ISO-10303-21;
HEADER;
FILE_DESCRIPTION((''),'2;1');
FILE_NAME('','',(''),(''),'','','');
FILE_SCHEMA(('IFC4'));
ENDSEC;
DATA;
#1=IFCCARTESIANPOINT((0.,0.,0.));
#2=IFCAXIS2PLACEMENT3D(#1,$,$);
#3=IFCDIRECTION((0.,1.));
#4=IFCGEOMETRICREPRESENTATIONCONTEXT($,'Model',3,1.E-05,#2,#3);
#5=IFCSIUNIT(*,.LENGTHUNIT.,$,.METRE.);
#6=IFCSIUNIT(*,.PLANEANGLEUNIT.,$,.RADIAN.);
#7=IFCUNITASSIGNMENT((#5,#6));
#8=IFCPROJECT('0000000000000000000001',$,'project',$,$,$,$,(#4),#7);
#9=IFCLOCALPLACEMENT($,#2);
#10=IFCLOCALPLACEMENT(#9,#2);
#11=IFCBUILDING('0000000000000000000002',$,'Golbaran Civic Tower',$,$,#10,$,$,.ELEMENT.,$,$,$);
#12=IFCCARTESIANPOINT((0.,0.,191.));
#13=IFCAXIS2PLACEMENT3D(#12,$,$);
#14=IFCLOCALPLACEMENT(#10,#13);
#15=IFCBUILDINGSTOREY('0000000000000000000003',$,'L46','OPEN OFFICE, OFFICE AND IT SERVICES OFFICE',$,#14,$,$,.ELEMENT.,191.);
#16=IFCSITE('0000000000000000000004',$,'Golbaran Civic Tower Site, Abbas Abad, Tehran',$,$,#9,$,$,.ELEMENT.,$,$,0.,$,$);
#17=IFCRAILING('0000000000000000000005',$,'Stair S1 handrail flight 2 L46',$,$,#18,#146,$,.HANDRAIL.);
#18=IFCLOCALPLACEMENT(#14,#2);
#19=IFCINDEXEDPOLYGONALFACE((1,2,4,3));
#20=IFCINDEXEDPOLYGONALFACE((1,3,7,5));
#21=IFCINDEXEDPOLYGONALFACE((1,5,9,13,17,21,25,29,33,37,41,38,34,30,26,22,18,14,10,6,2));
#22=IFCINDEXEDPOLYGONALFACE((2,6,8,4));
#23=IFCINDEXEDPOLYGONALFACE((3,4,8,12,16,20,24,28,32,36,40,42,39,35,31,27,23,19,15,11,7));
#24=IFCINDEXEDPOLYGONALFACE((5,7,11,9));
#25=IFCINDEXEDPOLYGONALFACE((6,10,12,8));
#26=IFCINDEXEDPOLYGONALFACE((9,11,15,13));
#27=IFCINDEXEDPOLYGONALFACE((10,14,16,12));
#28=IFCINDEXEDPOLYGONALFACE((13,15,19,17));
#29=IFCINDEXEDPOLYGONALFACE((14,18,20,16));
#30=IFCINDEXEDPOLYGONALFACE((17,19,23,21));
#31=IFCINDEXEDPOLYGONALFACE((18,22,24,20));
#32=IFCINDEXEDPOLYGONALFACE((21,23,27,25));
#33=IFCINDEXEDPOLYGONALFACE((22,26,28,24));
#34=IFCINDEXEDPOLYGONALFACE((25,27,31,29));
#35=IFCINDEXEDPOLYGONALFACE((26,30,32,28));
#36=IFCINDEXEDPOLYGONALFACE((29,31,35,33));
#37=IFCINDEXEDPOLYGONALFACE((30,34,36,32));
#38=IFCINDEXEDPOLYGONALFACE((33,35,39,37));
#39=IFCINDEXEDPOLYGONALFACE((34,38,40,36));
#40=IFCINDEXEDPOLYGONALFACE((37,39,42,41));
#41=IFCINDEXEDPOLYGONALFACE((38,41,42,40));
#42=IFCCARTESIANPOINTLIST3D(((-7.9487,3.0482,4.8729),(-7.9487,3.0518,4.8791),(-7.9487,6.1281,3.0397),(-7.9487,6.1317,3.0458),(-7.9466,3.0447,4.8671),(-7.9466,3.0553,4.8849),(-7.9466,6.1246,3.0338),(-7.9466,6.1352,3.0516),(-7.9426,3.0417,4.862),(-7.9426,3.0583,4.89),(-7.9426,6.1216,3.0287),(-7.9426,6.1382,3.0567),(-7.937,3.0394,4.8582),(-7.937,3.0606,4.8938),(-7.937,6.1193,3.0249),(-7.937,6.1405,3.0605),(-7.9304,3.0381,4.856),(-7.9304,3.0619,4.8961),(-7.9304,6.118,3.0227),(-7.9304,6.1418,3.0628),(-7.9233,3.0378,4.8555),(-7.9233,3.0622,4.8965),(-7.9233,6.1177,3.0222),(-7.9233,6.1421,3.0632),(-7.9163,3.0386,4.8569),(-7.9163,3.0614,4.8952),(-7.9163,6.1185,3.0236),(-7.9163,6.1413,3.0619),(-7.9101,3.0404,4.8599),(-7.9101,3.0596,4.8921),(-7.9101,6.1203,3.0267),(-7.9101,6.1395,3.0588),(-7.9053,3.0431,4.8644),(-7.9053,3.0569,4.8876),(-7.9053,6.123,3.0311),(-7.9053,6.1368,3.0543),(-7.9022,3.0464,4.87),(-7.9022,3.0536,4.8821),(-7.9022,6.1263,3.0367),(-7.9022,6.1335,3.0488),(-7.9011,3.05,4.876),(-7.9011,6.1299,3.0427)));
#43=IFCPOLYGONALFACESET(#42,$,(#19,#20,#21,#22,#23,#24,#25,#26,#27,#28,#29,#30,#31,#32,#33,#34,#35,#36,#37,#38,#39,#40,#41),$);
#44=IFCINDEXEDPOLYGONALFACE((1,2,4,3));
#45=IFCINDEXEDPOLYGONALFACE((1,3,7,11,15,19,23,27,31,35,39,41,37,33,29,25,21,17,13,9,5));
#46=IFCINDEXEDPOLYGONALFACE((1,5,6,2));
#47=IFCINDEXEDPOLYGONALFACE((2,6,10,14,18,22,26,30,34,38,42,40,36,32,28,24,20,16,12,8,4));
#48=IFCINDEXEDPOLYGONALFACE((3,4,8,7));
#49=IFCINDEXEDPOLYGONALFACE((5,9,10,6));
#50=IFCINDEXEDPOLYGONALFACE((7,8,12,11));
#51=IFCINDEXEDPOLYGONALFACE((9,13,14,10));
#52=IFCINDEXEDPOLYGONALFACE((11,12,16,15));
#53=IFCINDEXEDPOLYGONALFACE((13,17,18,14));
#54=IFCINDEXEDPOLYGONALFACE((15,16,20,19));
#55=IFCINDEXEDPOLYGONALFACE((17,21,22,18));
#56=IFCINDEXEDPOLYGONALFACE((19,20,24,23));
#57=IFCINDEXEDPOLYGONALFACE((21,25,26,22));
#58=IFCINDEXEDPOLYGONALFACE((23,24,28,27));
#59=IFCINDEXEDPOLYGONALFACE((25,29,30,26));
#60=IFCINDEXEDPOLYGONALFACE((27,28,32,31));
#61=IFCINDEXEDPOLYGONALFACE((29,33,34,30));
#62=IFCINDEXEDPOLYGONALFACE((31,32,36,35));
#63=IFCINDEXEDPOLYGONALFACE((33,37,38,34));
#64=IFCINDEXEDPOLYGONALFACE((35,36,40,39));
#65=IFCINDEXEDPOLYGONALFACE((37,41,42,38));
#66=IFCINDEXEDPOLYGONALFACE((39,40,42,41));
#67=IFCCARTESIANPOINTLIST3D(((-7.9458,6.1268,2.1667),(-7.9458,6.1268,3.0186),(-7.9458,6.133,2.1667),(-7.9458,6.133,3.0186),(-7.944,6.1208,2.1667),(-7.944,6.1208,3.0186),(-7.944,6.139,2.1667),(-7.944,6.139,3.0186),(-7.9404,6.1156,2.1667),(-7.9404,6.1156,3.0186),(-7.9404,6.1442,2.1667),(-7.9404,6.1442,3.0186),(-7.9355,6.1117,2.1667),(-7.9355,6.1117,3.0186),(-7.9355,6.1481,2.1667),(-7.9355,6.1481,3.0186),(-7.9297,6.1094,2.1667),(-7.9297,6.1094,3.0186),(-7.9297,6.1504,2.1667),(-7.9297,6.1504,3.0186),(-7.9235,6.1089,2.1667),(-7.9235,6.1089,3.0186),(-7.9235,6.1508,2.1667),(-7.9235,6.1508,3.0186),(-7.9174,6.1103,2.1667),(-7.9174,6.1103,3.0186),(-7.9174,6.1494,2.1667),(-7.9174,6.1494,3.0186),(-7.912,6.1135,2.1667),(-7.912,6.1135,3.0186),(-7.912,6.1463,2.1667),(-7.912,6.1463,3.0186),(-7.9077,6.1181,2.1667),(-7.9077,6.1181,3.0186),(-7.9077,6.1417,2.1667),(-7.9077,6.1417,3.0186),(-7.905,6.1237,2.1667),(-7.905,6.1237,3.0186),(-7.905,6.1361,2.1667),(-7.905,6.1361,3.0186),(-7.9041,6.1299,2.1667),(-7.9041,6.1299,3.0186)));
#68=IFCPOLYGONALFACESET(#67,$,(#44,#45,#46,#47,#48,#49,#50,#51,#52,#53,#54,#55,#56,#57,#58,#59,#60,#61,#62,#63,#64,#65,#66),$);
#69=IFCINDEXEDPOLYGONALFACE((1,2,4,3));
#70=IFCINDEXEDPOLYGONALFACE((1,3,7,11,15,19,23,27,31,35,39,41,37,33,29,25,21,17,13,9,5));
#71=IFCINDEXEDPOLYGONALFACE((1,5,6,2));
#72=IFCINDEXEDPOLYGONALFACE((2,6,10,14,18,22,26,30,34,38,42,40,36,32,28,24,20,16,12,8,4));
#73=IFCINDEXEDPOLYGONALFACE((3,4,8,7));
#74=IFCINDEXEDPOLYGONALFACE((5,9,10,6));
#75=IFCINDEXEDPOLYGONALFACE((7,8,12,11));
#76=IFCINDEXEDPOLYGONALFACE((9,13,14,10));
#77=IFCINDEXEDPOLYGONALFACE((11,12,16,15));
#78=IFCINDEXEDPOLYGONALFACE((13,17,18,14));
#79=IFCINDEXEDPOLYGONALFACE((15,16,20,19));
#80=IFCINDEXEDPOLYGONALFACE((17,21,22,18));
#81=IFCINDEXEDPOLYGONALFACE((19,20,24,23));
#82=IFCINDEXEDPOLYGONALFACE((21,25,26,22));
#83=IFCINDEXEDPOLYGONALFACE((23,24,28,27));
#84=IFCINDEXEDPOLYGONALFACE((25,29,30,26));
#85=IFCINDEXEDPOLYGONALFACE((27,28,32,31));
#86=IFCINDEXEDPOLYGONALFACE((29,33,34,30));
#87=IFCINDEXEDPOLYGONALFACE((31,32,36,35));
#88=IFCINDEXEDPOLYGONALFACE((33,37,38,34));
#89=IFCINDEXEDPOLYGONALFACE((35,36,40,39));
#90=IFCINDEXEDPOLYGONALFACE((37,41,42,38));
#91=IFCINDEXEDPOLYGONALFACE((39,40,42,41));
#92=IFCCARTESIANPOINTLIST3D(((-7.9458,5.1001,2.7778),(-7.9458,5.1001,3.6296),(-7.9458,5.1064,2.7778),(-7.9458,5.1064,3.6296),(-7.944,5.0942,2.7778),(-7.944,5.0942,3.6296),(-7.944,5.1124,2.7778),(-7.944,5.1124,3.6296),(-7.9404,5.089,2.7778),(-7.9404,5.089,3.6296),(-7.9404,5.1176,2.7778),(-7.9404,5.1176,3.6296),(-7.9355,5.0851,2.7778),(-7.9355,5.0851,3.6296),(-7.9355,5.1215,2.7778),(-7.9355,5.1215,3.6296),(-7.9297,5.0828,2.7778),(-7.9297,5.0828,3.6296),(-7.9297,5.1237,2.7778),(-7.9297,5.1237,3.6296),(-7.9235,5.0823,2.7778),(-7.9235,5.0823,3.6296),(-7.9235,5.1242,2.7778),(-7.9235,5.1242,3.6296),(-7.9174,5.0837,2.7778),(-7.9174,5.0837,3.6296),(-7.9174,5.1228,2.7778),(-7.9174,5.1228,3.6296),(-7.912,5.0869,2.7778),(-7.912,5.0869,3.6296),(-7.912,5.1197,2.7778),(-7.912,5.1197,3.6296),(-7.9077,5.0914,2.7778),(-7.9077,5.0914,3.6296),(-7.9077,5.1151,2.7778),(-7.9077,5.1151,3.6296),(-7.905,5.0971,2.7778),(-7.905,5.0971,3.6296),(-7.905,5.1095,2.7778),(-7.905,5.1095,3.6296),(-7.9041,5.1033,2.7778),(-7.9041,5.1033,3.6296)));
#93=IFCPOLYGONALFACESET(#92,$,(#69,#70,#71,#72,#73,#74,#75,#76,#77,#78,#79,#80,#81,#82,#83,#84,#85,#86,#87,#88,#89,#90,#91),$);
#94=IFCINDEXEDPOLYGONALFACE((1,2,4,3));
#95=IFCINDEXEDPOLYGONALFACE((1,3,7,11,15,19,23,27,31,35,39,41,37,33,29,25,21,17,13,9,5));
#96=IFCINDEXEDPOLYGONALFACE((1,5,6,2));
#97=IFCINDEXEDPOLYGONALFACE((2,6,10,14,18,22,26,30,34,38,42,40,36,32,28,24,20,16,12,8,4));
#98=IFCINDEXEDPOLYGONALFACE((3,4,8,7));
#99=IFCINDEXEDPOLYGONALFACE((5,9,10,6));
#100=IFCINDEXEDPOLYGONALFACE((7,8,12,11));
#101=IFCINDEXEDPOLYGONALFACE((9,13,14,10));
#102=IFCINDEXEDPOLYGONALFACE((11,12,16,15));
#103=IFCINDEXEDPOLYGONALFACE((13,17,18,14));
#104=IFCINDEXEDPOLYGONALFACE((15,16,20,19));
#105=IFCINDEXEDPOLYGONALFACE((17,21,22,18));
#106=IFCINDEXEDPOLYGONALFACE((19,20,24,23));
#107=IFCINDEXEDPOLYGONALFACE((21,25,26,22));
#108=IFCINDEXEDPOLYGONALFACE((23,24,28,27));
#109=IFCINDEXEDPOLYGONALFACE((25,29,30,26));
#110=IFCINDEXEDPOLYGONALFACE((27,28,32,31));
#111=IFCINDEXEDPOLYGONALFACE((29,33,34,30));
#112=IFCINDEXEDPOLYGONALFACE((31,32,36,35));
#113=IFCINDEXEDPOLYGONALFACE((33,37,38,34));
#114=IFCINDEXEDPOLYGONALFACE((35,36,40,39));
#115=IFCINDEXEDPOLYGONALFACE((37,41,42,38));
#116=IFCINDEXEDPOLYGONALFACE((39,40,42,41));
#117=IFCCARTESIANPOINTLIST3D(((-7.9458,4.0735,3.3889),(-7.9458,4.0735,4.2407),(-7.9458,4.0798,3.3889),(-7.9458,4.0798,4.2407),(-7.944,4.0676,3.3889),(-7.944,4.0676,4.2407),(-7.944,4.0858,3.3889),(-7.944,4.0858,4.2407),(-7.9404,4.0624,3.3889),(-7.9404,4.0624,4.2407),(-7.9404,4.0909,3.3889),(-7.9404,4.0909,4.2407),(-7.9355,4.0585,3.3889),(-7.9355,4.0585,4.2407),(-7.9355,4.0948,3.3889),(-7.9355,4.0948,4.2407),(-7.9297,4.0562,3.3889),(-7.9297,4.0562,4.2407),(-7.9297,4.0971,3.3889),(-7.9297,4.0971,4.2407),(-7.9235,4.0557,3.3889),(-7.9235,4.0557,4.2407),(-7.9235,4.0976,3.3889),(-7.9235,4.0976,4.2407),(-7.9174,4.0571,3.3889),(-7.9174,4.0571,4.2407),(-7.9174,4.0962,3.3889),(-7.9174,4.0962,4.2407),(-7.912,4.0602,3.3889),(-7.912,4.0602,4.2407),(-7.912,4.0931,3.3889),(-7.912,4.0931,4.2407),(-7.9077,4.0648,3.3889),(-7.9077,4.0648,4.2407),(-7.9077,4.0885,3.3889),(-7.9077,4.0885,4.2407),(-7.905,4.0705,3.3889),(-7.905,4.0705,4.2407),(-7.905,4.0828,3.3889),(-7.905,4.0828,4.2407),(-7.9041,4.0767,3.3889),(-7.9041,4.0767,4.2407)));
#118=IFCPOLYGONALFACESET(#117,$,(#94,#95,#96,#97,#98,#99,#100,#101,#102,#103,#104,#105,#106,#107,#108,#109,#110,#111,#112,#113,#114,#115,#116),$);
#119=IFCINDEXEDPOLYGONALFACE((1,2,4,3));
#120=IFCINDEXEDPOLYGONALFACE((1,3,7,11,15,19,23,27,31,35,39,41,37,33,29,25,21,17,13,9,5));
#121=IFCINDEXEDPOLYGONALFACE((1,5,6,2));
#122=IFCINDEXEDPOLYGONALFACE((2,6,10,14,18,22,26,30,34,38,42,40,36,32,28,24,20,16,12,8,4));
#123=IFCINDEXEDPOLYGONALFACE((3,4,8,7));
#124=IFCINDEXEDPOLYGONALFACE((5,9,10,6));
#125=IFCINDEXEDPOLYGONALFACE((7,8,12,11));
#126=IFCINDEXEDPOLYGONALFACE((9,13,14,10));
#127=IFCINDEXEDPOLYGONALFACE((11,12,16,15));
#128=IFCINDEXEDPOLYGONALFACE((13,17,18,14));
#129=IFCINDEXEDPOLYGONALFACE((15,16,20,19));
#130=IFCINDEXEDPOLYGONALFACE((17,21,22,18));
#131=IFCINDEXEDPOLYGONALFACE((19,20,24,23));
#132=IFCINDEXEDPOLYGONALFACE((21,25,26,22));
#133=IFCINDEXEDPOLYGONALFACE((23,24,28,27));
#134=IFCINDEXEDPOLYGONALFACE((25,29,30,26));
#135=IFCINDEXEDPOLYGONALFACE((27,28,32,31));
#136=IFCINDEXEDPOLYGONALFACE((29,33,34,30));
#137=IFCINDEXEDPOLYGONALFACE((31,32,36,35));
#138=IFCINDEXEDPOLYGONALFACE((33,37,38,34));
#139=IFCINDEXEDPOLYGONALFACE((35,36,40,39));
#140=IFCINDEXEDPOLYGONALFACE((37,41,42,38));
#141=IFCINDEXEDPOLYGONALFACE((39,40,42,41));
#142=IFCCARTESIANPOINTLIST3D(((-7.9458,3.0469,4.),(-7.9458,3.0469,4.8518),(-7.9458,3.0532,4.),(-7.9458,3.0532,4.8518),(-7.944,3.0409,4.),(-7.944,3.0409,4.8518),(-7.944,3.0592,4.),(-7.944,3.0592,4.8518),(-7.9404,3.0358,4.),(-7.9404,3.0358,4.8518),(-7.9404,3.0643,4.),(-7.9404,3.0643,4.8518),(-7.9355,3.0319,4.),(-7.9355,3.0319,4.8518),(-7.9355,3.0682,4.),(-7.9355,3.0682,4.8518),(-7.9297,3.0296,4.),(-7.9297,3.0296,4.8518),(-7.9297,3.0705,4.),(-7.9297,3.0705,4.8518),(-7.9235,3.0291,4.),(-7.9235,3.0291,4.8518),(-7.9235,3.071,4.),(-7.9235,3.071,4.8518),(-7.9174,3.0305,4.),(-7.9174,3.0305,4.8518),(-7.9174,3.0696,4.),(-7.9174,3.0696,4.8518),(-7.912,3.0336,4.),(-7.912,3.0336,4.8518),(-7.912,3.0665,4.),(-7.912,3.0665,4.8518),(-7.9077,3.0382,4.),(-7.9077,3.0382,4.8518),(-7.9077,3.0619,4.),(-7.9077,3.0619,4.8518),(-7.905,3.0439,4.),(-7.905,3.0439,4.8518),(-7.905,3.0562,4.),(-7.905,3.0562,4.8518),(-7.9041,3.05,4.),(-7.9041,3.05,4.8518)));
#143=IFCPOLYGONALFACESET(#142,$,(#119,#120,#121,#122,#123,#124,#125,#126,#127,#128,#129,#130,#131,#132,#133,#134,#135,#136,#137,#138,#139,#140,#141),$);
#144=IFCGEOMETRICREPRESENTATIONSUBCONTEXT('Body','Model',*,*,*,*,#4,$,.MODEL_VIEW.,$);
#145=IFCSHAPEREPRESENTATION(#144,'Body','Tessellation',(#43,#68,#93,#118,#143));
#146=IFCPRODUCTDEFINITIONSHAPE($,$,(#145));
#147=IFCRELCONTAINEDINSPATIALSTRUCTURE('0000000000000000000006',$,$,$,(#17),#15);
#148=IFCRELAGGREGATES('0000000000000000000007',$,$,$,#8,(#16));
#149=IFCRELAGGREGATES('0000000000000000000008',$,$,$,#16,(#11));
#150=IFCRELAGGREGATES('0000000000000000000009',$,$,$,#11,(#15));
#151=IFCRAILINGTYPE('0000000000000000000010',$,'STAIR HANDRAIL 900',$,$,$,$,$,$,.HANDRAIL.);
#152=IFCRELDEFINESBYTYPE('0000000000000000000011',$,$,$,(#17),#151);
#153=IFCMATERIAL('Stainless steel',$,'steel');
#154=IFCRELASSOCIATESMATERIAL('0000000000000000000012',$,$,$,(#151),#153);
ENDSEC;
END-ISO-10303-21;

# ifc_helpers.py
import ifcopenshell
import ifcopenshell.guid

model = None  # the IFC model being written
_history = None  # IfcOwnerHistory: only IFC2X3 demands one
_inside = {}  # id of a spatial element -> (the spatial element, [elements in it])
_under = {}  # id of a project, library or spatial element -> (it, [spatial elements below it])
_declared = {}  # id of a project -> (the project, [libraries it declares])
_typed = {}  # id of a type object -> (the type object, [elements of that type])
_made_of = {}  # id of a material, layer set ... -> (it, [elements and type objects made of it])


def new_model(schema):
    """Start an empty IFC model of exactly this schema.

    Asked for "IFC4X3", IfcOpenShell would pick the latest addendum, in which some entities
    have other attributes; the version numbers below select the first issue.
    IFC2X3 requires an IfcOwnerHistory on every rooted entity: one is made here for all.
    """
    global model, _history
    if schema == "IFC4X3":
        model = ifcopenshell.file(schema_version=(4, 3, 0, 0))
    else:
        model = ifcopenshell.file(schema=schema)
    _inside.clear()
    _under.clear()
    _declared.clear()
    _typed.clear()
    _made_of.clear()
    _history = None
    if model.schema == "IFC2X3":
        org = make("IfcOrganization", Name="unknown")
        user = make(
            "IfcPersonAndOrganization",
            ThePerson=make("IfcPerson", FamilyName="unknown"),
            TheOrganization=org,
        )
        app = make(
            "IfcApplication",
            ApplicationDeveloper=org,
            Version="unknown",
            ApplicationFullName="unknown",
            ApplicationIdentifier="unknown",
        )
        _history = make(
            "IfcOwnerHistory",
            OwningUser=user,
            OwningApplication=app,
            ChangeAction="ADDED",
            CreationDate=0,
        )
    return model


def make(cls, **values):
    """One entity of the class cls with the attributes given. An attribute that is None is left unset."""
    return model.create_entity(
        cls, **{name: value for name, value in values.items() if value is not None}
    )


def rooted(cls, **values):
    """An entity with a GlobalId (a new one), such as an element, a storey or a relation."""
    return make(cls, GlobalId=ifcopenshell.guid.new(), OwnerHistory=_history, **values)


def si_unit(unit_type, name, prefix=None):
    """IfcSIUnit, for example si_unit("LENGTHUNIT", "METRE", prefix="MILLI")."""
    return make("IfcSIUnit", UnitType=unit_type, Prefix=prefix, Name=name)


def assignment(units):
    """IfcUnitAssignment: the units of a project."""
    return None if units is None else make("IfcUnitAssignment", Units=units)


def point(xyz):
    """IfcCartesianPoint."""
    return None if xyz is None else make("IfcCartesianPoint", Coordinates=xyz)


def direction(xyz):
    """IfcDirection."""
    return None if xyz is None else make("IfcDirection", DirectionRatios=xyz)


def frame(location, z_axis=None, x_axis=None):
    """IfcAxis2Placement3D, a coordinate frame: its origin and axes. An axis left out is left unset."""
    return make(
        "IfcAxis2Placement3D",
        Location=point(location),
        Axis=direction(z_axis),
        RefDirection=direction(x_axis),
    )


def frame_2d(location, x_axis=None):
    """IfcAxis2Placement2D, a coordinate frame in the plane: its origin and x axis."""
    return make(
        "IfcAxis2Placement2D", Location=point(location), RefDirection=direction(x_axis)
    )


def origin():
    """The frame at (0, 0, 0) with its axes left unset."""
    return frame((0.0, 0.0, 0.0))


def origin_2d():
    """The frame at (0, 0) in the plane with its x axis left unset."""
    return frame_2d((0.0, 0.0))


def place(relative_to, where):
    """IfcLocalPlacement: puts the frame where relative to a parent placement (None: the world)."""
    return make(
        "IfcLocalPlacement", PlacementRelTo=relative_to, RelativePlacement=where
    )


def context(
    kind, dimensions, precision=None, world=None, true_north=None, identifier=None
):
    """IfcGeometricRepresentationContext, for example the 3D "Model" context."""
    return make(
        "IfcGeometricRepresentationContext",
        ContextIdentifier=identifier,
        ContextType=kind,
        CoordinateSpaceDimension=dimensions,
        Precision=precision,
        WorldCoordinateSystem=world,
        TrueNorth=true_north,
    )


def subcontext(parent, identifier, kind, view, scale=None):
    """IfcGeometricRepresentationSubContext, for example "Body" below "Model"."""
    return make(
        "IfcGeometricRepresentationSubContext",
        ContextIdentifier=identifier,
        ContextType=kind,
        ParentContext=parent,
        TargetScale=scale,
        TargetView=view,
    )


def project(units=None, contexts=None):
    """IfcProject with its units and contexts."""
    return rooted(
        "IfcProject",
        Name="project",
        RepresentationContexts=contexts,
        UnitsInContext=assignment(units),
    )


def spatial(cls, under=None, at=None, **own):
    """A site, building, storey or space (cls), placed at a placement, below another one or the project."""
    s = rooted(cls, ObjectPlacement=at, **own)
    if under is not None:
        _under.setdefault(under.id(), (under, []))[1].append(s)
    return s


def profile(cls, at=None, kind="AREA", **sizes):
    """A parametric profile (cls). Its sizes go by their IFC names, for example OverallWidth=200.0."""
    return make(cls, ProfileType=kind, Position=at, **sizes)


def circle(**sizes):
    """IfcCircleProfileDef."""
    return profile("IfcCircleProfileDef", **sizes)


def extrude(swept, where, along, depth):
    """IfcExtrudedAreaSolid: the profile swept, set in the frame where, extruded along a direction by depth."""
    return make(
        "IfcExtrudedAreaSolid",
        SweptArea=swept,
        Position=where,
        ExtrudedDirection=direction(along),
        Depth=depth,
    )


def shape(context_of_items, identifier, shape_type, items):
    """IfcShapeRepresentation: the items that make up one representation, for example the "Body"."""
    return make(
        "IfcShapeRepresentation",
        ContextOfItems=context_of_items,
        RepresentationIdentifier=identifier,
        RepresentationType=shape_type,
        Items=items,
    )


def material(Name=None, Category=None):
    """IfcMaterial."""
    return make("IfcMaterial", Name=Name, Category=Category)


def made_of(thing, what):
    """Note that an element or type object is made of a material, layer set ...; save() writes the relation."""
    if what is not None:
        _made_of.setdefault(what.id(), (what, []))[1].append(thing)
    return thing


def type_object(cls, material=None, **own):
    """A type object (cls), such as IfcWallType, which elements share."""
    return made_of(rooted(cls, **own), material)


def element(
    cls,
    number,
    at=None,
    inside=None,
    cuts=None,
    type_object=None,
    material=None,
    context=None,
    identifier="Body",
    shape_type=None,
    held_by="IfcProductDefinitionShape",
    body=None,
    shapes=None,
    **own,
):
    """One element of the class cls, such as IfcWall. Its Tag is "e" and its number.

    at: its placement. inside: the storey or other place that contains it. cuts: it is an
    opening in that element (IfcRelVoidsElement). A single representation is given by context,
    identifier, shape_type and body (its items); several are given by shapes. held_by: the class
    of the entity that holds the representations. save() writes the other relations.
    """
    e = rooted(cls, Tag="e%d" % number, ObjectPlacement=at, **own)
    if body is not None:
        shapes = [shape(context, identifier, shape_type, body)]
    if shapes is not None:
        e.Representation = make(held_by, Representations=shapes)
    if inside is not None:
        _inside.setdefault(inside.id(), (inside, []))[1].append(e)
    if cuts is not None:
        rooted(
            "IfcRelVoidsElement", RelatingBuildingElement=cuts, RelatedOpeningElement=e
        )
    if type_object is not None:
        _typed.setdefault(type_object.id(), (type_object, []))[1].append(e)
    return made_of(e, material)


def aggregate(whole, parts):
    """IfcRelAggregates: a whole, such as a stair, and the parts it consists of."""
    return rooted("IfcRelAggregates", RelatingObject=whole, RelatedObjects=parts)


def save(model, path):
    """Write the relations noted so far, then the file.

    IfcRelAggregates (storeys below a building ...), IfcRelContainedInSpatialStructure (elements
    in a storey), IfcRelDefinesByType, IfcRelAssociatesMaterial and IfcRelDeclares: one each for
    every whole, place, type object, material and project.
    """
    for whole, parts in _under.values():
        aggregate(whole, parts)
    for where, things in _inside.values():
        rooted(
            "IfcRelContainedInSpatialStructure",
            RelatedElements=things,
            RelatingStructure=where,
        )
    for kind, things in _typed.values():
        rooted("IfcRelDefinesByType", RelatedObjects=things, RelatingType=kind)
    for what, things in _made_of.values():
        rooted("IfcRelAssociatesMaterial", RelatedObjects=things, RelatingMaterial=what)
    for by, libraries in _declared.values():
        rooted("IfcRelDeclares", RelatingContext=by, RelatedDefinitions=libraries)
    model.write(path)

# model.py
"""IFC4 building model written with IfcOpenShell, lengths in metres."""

from ifc_helpers import new_model, si_unit, direction, frame, origin, origin_2d, place, context, subcontext, project, spatial, circle, extrude, material, type_object, element, save


model = new_model("IFC4")

# Units and contexts
model_context = context("Model", 3, precision=1e-05, world=origin(), true_north=direction((0.0, 1.0)))
body_context = subcontext(model_context, "Body", "Model", "MODEL_VIEW")
ifc_project = project(units=[si_unit("LENGTHUNIT", "METRE"), si_unit("PLANEANGLEUNIT", "RADIAN")], contexts=[model_context])

# Site, building, storey
site_placement = place(None, origin())
site = spatial("IfcSite", under=ifc_project, at=site_placement, Name="Golbaran Civic Tower Site, Abbas Abad, Tehran", CompositionType="ELEMENT", RefElevation=0.0)
building_placement = place(site_placement, origin())
building = spatial("IfcBuilding", under=site, at=building_placement, Name="Golbaran Civic Tower", CompositionType="ELEMENT")
storey_placement = place(building_placement, frame((0.0, 0.0, 191.0)))
storey = spatial("IfcBuildingStorey", under=building, at=storey_placement, Name="L46", Description="OPEN OFFICE, OFFICE AND IT SERVICES OFFICE", CompositionType="ELEMENT", Elevation=191.0)

# Shared definitions
ifc_material_1 = material(Name="Stainless steel", Category="steel")

# Railing
railing_type = type_object("IfcRailingType", Name="STAIR HANDRAIL 900", PredefinedType="HANDRAIL", material=ifc_material_1)
railing_1_placement = place(storey_placement, frame((-7.925, 6.1299, 2.1667)))
element("IfcRailing", 1, at=railing_1_placement, inside=storey, type_object=railing_type, Name="Stair S1 handrail flight 2 L46", PredefinedType="HANDRAIL", context=body_context, shape_type="SweptSolid", body=[
    extrude(circle(Radius=0.0239, at=origin_2d()), frame((0.0, 0.0, 0.876), z_axis=(0.0, -0.859291, 0.511487), x_axis=(1.0, 0.0, 0.0)), (0.0, 0.0, 1.0), 3.5842),
    extrude(circle(Radius=0.021, at=origin_2d()), origin(), (0.0, 0.0, 1.0), 0.8518),
    extrude(circle(Radius=0.021, at=origin_2d()), frame((0.0, -1.0266, 0.6111)), (0.0, 0.0, 1.0), 0.8518),
    extrude(circle(Radius=0.021, at=origin_2d()), frame((0.0, -2.0532, 1.2222)), (0.0, 0.0, 1.0), 0.8518),
    extrude(circle(Radius=0.021, at=origin_2d()), frame((0.0, -3.0798, 1.8333)), (0.0, 0.0, 1.0), 0.8518),
])

save(model, "model.ifc")
